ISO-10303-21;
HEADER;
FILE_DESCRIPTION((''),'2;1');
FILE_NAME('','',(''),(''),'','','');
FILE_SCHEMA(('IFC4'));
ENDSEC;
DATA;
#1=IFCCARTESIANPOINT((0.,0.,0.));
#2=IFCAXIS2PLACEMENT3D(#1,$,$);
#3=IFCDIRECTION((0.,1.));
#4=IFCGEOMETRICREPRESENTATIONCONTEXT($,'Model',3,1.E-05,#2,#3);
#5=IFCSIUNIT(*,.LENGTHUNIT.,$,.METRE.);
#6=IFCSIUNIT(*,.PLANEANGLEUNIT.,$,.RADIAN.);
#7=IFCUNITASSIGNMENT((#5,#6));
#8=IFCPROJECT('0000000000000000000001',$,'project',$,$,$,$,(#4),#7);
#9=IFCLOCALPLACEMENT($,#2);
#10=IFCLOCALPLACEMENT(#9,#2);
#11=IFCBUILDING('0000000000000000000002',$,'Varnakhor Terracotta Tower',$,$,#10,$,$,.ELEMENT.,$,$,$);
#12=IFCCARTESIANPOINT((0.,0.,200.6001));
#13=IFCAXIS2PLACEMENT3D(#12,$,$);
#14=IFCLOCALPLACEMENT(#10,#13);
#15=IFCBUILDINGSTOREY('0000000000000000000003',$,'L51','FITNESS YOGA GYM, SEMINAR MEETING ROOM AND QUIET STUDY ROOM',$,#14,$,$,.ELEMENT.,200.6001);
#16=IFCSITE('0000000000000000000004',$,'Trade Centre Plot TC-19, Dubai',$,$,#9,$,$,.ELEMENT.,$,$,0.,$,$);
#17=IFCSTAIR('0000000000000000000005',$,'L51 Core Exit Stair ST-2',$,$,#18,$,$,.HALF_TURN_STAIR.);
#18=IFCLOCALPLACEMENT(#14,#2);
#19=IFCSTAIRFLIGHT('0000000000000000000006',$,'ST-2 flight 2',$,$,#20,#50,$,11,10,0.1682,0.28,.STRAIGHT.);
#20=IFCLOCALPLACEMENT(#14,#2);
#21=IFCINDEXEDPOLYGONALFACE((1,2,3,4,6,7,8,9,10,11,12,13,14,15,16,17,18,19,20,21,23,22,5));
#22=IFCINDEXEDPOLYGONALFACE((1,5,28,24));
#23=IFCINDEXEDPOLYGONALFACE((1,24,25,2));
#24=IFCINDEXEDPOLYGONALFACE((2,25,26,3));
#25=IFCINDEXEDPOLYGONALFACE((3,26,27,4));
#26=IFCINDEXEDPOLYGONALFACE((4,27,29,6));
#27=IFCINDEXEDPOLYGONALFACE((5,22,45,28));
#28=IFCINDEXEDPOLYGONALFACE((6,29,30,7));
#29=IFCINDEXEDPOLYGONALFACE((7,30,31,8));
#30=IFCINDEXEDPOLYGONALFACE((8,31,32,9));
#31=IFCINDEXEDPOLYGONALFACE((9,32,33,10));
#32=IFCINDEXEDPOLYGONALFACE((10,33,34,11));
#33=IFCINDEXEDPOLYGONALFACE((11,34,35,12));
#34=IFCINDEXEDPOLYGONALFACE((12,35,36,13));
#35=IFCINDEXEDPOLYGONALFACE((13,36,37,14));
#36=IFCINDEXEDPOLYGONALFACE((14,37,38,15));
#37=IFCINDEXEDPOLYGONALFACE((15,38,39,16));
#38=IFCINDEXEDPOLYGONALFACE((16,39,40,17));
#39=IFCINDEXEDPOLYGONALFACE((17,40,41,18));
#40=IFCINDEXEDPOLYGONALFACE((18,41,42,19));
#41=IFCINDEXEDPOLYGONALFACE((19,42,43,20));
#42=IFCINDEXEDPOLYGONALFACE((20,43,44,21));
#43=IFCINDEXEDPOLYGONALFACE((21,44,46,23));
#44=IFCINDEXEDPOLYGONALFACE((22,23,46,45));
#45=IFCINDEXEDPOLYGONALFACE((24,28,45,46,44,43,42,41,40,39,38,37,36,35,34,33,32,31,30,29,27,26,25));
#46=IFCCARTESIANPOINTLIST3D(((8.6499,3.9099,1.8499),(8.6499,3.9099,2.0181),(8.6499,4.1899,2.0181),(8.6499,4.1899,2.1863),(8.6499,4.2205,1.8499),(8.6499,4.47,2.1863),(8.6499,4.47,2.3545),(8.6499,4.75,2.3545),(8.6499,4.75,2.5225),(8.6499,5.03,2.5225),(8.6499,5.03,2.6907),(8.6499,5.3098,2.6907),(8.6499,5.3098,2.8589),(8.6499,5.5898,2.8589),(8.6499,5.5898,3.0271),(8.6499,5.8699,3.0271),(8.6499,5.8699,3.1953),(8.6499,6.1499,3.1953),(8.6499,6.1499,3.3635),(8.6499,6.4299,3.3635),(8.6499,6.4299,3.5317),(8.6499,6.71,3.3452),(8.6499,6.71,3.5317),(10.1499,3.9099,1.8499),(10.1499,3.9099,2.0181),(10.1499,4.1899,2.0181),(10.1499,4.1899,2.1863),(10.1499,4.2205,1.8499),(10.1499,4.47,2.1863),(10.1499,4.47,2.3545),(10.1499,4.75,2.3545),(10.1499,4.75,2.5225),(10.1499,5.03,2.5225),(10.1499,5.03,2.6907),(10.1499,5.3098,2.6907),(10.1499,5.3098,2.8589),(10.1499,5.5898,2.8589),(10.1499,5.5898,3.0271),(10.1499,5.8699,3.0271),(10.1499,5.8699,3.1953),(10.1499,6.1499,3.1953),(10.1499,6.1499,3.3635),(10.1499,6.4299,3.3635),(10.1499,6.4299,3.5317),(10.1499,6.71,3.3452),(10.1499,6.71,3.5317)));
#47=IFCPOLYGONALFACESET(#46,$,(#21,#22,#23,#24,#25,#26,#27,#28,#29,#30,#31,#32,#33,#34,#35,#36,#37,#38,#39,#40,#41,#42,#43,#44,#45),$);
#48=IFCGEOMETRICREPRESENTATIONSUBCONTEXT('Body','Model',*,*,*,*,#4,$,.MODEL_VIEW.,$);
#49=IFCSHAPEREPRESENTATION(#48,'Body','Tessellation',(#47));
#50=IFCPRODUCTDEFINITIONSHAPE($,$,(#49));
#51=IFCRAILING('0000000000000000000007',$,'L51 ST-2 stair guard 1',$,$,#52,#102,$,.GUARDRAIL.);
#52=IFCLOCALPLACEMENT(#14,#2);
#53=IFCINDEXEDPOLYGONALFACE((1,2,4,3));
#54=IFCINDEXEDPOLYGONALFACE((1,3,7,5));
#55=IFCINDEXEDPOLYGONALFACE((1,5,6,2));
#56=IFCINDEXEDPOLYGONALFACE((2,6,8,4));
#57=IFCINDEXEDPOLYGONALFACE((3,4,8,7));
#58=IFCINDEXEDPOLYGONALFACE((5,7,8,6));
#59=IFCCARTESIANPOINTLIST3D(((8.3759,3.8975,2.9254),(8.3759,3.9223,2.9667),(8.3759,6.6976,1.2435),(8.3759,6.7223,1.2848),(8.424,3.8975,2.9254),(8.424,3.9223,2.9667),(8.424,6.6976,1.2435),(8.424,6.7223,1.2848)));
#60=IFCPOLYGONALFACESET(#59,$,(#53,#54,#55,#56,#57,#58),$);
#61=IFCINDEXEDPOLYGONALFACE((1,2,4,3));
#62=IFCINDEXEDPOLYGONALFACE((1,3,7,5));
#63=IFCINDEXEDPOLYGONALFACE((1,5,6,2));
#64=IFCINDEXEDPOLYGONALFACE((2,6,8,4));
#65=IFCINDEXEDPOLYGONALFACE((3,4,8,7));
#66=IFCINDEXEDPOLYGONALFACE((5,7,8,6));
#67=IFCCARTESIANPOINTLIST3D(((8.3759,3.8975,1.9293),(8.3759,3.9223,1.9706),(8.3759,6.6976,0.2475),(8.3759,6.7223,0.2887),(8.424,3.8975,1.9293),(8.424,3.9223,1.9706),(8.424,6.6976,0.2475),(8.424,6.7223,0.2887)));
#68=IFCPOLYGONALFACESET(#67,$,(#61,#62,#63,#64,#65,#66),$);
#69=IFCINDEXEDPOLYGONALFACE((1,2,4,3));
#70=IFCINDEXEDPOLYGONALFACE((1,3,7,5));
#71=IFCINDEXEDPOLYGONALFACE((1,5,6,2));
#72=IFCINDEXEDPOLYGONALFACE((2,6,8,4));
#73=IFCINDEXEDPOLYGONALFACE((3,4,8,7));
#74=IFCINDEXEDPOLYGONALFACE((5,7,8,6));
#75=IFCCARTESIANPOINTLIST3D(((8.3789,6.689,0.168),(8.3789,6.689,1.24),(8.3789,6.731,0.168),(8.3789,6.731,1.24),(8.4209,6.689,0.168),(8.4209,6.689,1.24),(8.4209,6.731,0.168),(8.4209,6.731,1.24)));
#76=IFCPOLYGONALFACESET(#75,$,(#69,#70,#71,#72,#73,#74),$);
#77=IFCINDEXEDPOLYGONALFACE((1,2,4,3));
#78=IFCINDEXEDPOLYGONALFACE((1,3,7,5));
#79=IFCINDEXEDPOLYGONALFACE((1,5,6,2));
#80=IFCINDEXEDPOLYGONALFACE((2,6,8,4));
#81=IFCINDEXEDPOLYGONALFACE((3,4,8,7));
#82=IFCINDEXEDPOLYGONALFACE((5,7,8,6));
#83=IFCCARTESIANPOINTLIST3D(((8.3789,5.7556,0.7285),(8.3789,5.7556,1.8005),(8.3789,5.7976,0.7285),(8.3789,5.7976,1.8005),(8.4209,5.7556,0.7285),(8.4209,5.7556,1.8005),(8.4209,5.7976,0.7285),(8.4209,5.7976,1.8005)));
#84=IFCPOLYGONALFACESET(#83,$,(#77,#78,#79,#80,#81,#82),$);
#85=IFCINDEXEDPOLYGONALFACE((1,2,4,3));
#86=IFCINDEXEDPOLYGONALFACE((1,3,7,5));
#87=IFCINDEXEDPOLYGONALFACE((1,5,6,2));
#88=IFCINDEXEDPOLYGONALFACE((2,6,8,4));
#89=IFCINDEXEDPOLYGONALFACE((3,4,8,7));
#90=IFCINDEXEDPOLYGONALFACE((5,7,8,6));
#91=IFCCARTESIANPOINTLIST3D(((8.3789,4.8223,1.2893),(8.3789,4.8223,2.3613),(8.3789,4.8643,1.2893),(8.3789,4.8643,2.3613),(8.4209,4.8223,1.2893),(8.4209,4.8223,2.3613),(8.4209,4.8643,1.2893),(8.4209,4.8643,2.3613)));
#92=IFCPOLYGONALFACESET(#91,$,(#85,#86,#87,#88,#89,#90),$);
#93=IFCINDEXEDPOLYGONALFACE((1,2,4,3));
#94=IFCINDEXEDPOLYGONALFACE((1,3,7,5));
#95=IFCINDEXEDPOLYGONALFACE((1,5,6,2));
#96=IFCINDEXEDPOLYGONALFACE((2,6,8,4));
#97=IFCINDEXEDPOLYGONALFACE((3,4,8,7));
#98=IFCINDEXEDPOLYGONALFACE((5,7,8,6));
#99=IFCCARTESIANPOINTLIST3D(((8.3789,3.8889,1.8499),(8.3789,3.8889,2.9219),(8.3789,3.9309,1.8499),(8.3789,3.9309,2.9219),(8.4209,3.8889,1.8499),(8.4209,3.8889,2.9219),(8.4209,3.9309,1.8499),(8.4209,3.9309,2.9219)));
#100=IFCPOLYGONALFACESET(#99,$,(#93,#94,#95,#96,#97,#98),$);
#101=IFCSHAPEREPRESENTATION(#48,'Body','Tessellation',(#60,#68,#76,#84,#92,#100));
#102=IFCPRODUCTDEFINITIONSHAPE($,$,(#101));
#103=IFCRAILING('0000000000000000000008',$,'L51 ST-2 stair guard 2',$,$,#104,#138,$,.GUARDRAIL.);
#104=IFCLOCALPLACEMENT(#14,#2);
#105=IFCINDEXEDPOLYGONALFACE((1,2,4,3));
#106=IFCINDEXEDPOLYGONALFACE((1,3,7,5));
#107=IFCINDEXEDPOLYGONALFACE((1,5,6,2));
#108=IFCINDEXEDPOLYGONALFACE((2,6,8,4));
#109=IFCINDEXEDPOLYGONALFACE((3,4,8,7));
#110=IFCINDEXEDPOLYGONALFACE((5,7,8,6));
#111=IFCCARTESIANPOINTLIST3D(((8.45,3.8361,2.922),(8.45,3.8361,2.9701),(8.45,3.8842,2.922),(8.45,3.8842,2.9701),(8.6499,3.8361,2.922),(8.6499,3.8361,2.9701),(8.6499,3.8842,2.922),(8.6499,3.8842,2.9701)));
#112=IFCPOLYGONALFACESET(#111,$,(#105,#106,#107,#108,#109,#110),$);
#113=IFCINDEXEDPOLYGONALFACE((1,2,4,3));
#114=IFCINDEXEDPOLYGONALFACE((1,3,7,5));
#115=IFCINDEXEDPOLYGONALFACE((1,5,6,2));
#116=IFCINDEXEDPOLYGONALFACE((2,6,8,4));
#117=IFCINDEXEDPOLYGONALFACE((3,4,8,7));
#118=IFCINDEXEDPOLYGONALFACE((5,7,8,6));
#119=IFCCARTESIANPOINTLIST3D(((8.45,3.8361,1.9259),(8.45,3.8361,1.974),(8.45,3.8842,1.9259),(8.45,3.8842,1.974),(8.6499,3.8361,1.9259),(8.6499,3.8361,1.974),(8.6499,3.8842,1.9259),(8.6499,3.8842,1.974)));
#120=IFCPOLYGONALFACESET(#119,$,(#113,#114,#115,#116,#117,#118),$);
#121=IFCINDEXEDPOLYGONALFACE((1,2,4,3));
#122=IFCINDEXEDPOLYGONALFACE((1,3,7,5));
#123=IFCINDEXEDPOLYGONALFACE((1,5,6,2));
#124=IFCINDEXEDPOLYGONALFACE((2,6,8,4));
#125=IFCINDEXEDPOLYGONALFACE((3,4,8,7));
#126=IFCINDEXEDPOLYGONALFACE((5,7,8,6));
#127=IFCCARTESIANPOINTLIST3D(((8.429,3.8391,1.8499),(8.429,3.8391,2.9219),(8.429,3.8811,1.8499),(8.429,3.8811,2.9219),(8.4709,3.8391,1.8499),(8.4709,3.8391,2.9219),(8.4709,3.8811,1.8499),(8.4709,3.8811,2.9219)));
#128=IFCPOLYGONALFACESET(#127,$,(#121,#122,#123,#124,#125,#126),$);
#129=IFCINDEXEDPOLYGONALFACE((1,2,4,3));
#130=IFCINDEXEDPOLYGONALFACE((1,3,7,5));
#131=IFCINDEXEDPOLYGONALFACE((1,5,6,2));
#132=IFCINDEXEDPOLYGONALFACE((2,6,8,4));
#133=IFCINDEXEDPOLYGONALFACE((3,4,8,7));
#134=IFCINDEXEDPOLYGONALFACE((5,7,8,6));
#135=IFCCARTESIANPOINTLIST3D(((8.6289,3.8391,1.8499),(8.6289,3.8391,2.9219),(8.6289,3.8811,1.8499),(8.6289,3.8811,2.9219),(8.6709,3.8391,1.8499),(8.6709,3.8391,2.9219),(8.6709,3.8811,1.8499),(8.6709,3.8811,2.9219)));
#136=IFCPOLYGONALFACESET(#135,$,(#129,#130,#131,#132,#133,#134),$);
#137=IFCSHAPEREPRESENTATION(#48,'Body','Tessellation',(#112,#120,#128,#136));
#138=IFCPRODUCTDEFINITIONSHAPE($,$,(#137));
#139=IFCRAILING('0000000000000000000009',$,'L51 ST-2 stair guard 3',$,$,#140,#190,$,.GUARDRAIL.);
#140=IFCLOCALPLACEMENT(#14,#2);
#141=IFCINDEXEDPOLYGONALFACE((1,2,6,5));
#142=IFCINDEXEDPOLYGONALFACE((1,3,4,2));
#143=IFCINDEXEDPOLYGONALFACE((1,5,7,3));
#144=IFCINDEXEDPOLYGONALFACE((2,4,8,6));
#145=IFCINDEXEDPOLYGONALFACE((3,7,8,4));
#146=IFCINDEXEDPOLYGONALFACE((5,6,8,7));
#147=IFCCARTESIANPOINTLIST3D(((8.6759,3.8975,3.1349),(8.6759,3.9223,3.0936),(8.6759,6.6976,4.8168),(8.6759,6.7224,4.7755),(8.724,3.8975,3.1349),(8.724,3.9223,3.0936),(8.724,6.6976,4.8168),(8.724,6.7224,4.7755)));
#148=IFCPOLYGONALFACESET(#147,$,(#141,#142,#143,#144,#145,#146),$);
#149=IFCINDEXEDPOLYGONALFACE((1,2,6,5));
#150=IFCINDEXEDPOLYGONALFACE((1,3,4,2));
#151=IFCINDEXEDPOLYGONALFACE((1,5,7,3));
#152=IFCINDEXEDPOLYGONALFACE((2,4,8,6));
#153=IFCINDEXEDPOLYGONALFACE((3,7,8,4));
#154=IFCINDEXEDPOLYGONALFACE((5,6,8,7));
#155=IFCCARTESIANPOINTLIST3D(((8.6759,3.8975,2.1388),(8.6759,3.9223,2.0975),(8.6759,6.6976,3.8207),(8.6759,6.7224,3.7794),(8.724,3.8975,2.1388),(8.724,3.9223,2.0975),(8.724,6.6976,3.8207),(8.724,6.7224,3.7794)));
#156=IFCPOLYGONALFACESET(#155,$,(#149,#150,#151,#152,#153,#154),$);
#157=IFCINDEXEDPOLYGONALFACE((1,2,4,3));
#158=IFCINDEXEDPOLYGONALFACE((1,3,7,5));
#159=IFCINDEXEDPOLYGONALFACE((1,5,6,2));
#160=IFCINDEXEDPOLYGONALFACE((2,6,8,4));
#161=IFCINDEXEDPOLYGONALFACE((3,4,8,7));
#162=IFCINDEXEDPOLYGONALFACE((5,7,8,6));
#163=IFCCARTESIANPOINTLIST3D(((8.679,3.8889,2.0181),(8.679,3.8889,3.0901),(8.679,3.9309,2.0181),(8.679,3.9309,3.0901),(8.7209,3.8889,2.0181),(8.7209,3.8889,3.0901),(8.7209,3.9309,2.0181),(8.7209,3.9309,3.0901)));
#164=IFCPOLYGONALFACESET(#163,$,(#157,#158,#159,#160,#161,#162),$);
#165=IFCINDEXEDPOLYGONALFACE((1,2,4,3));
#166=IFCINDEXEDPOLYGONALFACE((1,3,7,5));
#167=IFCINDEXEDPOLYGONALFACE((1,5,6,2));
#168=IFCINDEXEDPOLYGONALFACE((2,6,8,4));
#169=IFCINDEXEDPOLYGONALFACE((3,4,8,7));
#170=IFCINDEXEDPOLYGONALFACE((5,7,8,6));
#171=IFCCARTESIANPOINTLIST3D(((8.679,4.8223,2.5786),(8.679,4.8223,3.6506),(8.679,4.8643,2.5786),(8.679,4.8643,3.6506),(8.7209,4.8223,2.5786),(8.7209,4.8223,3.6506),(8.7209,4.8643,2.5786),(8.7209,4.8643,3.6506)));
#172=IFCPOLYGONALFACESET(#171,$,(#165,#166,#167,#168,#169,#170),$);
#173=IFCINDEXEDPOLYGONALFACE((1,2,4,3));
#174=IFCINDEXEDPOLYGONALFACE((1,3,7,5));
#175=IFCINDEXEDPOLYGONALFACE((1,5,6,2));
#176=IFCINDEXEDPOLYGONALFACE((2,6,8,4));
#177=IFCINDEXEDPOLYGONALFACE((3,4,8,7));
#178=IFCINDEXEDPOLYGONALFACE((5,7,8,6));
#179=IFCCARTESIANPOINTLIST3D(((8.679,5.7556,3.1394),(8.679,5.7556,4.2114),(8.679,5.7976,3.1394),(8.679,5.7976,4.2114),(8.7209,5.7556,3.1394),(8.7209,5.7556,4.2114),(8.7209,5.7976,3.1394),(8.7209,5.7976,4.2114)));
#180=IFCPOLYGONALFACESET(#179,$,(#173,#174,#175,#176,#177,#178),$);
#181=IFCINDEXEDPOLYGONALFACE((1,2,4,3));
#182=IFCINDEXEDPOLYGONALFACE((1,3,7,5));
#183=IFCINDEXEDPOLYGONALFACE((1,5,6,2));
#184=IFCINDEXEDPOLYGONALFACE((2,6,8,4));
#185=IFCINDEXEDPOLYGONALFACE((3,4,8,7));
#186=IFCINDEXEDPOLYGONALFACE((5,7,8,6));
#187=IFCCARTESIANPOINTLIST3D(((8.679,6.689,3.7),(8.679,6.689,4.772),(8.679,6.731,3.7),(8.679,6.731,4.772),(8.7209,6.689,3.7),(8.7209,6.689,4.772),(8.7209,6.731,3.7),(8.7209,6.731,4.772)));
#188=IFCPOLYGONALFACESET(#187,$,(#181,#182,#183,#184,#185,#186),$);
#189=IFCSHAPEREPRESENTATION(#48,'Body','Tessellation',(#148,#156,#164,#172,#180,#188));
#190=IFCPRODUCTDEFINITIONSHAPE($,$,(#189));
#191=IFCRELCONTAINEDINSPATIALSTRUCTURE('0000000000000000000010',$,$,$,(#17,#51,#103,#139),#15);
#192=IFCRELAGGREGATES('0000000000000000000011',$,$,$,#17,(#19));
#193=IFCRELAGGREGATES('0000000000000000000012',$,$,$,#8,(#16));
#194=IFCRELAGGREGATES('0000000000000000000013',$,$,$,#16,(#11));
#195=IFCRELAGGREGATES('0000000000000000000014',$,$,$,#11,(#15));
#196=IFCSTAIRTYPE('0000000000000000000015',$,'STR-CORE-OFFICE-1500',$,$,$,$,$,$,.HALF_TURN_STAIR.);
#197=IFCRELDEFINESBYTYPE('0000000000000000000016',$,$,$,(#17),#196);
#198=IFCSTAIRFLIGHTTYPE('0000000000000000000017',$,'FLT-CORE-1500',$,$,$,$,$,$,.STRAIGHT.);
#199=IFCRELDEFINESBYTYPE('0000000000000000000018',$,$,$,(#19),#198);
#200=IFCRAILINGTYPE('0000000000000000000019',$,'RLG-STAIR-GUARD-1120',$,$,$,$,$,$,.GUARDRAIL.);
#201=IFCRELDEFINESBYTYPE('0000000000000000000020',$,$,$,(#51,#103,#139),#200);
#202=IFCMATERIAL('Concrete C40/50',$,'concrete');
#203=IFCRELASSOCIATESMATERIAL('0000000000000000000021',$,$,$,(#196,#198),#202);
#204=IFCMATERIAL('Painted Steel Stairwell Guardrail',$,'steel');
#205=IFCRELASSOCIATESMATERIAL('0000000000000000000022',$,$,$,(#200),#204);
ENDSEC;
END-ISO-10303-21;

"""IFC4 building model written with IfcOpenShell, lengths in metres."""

from ifc_helpers import new_model, si_unit, direction, frame, origin, origin_2d, place, context, subcontext, project, spatial, polyline, rectangle, outline, extrude, material, type_object, element, aggregate, save


model = new_model("IFC4")

# Units and contexts
model_context = context("Model", 3, precision=1e-05, world=origin(), true_north=direction((0.0, 1.0)))
body_context = subcontext(model_context, "Body", "Model", "MODEL_VIEW")
ifc_project = project(units=[si_unit("LENGTHUNIT", "METRE"), si_unit("PLANEANGLEUNIT", "RADIAN")], contexts=[model_context])

# Site, building, storey
site_placement = place(None, origin())
site = spatial("IfcSite", under=ifc_project, at=site_placement, Name="Trade Centre Plot TC-19, Dubai", CompositionType="ELEMENT", RefElevation=0.0)
building_placement = place(site_placement, origin())
building = spatial("IfcBuilding", under=site, at=building_placement, Name="Varnakhor Terracotta Tower", CompositionType="ELEMENT")
storey_placement = place(building_placement, frame((0.0, 0.0, 200.6001)))
storey = spatial("IfcBuildingStorey", under=building, at=storey_placement, Name="L51", Description="FITNESS YOGA GYM, SEMINAR MEETING ROOM AND QUIET STUDY ROOM", CompositionType="ELEMENT", Elevation=200.6001)

# Stair
ifc_material_1 = material(Name="Concrete C40/50", Category="concrete")
stair_type = type_object("IfcStairType", Name="STR-CORE-OFFICE-1500", PredefinedType="HALF_TURN_STAIR", material=ifc_material_1)
stair_1_placement = place(storey_placement, origin())
stair_1 = element("IfcStair", 1, at=stair_1_placement, inside=storey, type_object=stair_type, Name="L51 Core Exit Stair ST-2", PredefinedType="HALF_TURN_STAIR")

# Stair flight
stair_flight_type = type_object("IfcStairFlightType", Name="FLT-CORE-1500", PredefinedType="STRAIGHT", material=ifc_material_1)
stair_flight_1_placement = place(storey_placement, frame((9.3999, 3.9099, 1.8499), z_axis=(0.0, 0.0, 1.0), x_axis=(0.0, 1.0, 0.0)))
stair_flight_1 = element("IfcStairFlight", 2, at=stair_flight_1_placement, type_object=stair_flight_type, Name="ST-2 flight 2", NumberOfRisers=11, NumberOfTreads=10, PredefinedType="STRAIGHT", RiserHeight=0.1682, TreadLength=0.28, context=body_context, shape_type="SweptSolid", body=[
    extrude(outline(polyline([(0.0, 0.0), (0.0, 0.1682), (0.28, 0.1682), (0.28, 0.3364), (0.5601, 0.3364), (0.5601, 0.5046), (0.8401, 0.5046), (0.8401, 0.6726), (1.1201, 0.6726), (1.1201, 0.8408), (1.3999, 0.8408), (1.3999, 1.009), (1.6799, 1.009), (1.6799, 1.1772), (1.96, 1.1772), (1.96, 1.3455), (2.24, 1.3455), (2.24, 1.5137), (2.52, 1.5137), (2.52, 1.6819), (2.8, 1.6819), (2.8, 1.8501), (2.8, 1.4954), (0.3105, 0.0), (0.0, 0.0)])), frame((0.0, 0.75, 0.0), z_axis=(0.0, -1.0, 0.0), x_axis=(1.0, 0.0, 0.0)), (0.0, 0.0, 1.0), 1.5),
])
aggregate(stair_1, [stair_flight_1])

# Railings
ifc_material_2 = material(Name="Painted Steel Stairwell Guardrail", Category="steel")
railing_type_1 = type_object("IfcRailingType", Name="RLG-STAIR-GUARD-1120", PredefinedType="GUARDRAIL", material=ifc_material_2)
railing_1_placement = place(storey_placement, frame((8.3999, 6.71, 0.168)))
element("IfcRailing", 3, at=railing_1_placement, inside=storey, type_object=railing_type_1, Name="L51 ST-2 stair guard 1", PredefinedType="GUARDRAIL", context=body_context, shape_type="SweptSolid", body=[
    extrude(rectangle(XDim=0.0481, YDim=0.0481, at=origin_2d()), frame((0.0, 0.0, 1.0962), z_axis=(0.0, -0.857242, 0.514913), x_axis=(1.0, 0.0, 0.0)), (0.0, 0.0, 1.0), 3.2664),
    extrude(rectangle(XDim=0.0481, YDim=0.0481, at=origin_2d()), frame((0.0, 0.0, 0.1001), z_axis=(0.0, -0.857242, 0.514913), x_axis=(1.0, 0.0, 0.0)), (0.0, 0.0, 1.0), 3.2664),
    extrude(rectangle(XDim=0.042, YDim=0.042, at=origin_2d()), origin(), (0.0, 0.0, 1.0), 1.072),
    extrude(rectangle(XDim=0.042, YDim=0.042, at=origin_2d()), frame((0.0, -0.9333, 0.5605)), (0.0, 0.0, 1.0), 1.072),
    extrude(rectangle(XDim=0.042, YDim=0.042, at=origin_2d()), frame((0.0, -1.8667, 1.1213)), (0.0, 0.0, 1.0), 1.072),
    extrude(rectangle(XDim=0.042, YDim=0.042, at=origin_2d()), frame((0.0, -2.8, 1.6819)), (0.0, 0.0, 1.0), 1.072),
])
railing_2_placement = place(storey_placement, frame((8.45, 3.8601, 1.8499)))
element("IfcRailing", 4, at=railing_2_placement, inside=storey, type_object=railing_type_1, Name="L51 ST-2 stair guard 2", PredefinedType="GUARDRAIL", context=body_context, shape_type="SweptSolid", body=[
    extrude(rectangle(XDim=0.0481, YDim=0.0481, at=origin_2d()), frame((0.0, 0.0, 1.0962), z_axis=(1.0, 0.0, 0.0), x_axis=(0.0, 1.0, 0.0)), (0.0, 0.0, 1.0), 0.2),
    extrude(rectangle(XDim=0.0481, YDim=0.0481, at=origin_2d()), frame((0.0, 0.0, 0.1001), z_axis=(1.0, 0.0, 0.0), x_axis=(0.0, 1.0, 0.0)), (0.0, 0.0, 1.0), 0.2),
    extrude(rectangle(XDim=0.042, YDim=0.042, at=origin_2d()), origin(), (0.0, 0.0, 1.0), 1.072),
    extrude(rectangle(XDim=0.042, YDim=0.042, at=origin_2d()), frame((0.2, 0.0, 0.0)), (0.0, 0.0, 1.0), 1.072),
])
railing_3_placement = place(storey_placement, frame((8.7, 3.9099, 2.0181)))
element("IfcRailing", 5, at=railing_3_placement, inside=storey, type_object=railing_type_1, Name="L51 ST-2 stair guard 3", PredefinedType="GUARDRAIL", context=body_context, shape_type="SweptSolid", body=[
    extrude(rectangle(XDim=0.0481, YDim=0.0481, at=origin_2d()), frame((0.0, 0.0, 1.0962), z_axis=(0.0, 0.857242, 0.514913), x_axis=(-1.0, 0.0, 0.0)), (0.0, 0.0, 1.0), 3.2664),
    extrude(rectangle(XDim=0.0481, YDim=0.0481, at=origin_2d()), frame((0.0, 0.0, 0.1001), z_axis=(0.0, 0.857242, 0.514913), x_axis=(-1.0, 0.0, 0.0)), (0.0, 0.0, 1.0), 3.2664),
    extrude(rectangle(XDim=0.042, YDim=0.042, at=origin_2d()), origin(), (0.0, 0.0, 1.0), 1.072),
    extrude(rectangle(XDim=0.042, YDim=0.042, at=origin_2d()), frame((0.0, 0.9333, 0.5605)), (0.0, 0.0, 1.0), 1.072),
    extrude(rectangle(XDim=0.042, YDim=0.042, at=origin_2d()), frame((0.0, 1.8667, 1.1213)), (0.0, 0.0, 1.0), 1.072),
    extrude(rectangle(XDim=0.042, YDim=0.042, at=origin_2d()), frame((0.0, 2.8, 1.6819)), (0.0, 0.0, 1.0), 1.072),
])

save(model, "model.ifc")
